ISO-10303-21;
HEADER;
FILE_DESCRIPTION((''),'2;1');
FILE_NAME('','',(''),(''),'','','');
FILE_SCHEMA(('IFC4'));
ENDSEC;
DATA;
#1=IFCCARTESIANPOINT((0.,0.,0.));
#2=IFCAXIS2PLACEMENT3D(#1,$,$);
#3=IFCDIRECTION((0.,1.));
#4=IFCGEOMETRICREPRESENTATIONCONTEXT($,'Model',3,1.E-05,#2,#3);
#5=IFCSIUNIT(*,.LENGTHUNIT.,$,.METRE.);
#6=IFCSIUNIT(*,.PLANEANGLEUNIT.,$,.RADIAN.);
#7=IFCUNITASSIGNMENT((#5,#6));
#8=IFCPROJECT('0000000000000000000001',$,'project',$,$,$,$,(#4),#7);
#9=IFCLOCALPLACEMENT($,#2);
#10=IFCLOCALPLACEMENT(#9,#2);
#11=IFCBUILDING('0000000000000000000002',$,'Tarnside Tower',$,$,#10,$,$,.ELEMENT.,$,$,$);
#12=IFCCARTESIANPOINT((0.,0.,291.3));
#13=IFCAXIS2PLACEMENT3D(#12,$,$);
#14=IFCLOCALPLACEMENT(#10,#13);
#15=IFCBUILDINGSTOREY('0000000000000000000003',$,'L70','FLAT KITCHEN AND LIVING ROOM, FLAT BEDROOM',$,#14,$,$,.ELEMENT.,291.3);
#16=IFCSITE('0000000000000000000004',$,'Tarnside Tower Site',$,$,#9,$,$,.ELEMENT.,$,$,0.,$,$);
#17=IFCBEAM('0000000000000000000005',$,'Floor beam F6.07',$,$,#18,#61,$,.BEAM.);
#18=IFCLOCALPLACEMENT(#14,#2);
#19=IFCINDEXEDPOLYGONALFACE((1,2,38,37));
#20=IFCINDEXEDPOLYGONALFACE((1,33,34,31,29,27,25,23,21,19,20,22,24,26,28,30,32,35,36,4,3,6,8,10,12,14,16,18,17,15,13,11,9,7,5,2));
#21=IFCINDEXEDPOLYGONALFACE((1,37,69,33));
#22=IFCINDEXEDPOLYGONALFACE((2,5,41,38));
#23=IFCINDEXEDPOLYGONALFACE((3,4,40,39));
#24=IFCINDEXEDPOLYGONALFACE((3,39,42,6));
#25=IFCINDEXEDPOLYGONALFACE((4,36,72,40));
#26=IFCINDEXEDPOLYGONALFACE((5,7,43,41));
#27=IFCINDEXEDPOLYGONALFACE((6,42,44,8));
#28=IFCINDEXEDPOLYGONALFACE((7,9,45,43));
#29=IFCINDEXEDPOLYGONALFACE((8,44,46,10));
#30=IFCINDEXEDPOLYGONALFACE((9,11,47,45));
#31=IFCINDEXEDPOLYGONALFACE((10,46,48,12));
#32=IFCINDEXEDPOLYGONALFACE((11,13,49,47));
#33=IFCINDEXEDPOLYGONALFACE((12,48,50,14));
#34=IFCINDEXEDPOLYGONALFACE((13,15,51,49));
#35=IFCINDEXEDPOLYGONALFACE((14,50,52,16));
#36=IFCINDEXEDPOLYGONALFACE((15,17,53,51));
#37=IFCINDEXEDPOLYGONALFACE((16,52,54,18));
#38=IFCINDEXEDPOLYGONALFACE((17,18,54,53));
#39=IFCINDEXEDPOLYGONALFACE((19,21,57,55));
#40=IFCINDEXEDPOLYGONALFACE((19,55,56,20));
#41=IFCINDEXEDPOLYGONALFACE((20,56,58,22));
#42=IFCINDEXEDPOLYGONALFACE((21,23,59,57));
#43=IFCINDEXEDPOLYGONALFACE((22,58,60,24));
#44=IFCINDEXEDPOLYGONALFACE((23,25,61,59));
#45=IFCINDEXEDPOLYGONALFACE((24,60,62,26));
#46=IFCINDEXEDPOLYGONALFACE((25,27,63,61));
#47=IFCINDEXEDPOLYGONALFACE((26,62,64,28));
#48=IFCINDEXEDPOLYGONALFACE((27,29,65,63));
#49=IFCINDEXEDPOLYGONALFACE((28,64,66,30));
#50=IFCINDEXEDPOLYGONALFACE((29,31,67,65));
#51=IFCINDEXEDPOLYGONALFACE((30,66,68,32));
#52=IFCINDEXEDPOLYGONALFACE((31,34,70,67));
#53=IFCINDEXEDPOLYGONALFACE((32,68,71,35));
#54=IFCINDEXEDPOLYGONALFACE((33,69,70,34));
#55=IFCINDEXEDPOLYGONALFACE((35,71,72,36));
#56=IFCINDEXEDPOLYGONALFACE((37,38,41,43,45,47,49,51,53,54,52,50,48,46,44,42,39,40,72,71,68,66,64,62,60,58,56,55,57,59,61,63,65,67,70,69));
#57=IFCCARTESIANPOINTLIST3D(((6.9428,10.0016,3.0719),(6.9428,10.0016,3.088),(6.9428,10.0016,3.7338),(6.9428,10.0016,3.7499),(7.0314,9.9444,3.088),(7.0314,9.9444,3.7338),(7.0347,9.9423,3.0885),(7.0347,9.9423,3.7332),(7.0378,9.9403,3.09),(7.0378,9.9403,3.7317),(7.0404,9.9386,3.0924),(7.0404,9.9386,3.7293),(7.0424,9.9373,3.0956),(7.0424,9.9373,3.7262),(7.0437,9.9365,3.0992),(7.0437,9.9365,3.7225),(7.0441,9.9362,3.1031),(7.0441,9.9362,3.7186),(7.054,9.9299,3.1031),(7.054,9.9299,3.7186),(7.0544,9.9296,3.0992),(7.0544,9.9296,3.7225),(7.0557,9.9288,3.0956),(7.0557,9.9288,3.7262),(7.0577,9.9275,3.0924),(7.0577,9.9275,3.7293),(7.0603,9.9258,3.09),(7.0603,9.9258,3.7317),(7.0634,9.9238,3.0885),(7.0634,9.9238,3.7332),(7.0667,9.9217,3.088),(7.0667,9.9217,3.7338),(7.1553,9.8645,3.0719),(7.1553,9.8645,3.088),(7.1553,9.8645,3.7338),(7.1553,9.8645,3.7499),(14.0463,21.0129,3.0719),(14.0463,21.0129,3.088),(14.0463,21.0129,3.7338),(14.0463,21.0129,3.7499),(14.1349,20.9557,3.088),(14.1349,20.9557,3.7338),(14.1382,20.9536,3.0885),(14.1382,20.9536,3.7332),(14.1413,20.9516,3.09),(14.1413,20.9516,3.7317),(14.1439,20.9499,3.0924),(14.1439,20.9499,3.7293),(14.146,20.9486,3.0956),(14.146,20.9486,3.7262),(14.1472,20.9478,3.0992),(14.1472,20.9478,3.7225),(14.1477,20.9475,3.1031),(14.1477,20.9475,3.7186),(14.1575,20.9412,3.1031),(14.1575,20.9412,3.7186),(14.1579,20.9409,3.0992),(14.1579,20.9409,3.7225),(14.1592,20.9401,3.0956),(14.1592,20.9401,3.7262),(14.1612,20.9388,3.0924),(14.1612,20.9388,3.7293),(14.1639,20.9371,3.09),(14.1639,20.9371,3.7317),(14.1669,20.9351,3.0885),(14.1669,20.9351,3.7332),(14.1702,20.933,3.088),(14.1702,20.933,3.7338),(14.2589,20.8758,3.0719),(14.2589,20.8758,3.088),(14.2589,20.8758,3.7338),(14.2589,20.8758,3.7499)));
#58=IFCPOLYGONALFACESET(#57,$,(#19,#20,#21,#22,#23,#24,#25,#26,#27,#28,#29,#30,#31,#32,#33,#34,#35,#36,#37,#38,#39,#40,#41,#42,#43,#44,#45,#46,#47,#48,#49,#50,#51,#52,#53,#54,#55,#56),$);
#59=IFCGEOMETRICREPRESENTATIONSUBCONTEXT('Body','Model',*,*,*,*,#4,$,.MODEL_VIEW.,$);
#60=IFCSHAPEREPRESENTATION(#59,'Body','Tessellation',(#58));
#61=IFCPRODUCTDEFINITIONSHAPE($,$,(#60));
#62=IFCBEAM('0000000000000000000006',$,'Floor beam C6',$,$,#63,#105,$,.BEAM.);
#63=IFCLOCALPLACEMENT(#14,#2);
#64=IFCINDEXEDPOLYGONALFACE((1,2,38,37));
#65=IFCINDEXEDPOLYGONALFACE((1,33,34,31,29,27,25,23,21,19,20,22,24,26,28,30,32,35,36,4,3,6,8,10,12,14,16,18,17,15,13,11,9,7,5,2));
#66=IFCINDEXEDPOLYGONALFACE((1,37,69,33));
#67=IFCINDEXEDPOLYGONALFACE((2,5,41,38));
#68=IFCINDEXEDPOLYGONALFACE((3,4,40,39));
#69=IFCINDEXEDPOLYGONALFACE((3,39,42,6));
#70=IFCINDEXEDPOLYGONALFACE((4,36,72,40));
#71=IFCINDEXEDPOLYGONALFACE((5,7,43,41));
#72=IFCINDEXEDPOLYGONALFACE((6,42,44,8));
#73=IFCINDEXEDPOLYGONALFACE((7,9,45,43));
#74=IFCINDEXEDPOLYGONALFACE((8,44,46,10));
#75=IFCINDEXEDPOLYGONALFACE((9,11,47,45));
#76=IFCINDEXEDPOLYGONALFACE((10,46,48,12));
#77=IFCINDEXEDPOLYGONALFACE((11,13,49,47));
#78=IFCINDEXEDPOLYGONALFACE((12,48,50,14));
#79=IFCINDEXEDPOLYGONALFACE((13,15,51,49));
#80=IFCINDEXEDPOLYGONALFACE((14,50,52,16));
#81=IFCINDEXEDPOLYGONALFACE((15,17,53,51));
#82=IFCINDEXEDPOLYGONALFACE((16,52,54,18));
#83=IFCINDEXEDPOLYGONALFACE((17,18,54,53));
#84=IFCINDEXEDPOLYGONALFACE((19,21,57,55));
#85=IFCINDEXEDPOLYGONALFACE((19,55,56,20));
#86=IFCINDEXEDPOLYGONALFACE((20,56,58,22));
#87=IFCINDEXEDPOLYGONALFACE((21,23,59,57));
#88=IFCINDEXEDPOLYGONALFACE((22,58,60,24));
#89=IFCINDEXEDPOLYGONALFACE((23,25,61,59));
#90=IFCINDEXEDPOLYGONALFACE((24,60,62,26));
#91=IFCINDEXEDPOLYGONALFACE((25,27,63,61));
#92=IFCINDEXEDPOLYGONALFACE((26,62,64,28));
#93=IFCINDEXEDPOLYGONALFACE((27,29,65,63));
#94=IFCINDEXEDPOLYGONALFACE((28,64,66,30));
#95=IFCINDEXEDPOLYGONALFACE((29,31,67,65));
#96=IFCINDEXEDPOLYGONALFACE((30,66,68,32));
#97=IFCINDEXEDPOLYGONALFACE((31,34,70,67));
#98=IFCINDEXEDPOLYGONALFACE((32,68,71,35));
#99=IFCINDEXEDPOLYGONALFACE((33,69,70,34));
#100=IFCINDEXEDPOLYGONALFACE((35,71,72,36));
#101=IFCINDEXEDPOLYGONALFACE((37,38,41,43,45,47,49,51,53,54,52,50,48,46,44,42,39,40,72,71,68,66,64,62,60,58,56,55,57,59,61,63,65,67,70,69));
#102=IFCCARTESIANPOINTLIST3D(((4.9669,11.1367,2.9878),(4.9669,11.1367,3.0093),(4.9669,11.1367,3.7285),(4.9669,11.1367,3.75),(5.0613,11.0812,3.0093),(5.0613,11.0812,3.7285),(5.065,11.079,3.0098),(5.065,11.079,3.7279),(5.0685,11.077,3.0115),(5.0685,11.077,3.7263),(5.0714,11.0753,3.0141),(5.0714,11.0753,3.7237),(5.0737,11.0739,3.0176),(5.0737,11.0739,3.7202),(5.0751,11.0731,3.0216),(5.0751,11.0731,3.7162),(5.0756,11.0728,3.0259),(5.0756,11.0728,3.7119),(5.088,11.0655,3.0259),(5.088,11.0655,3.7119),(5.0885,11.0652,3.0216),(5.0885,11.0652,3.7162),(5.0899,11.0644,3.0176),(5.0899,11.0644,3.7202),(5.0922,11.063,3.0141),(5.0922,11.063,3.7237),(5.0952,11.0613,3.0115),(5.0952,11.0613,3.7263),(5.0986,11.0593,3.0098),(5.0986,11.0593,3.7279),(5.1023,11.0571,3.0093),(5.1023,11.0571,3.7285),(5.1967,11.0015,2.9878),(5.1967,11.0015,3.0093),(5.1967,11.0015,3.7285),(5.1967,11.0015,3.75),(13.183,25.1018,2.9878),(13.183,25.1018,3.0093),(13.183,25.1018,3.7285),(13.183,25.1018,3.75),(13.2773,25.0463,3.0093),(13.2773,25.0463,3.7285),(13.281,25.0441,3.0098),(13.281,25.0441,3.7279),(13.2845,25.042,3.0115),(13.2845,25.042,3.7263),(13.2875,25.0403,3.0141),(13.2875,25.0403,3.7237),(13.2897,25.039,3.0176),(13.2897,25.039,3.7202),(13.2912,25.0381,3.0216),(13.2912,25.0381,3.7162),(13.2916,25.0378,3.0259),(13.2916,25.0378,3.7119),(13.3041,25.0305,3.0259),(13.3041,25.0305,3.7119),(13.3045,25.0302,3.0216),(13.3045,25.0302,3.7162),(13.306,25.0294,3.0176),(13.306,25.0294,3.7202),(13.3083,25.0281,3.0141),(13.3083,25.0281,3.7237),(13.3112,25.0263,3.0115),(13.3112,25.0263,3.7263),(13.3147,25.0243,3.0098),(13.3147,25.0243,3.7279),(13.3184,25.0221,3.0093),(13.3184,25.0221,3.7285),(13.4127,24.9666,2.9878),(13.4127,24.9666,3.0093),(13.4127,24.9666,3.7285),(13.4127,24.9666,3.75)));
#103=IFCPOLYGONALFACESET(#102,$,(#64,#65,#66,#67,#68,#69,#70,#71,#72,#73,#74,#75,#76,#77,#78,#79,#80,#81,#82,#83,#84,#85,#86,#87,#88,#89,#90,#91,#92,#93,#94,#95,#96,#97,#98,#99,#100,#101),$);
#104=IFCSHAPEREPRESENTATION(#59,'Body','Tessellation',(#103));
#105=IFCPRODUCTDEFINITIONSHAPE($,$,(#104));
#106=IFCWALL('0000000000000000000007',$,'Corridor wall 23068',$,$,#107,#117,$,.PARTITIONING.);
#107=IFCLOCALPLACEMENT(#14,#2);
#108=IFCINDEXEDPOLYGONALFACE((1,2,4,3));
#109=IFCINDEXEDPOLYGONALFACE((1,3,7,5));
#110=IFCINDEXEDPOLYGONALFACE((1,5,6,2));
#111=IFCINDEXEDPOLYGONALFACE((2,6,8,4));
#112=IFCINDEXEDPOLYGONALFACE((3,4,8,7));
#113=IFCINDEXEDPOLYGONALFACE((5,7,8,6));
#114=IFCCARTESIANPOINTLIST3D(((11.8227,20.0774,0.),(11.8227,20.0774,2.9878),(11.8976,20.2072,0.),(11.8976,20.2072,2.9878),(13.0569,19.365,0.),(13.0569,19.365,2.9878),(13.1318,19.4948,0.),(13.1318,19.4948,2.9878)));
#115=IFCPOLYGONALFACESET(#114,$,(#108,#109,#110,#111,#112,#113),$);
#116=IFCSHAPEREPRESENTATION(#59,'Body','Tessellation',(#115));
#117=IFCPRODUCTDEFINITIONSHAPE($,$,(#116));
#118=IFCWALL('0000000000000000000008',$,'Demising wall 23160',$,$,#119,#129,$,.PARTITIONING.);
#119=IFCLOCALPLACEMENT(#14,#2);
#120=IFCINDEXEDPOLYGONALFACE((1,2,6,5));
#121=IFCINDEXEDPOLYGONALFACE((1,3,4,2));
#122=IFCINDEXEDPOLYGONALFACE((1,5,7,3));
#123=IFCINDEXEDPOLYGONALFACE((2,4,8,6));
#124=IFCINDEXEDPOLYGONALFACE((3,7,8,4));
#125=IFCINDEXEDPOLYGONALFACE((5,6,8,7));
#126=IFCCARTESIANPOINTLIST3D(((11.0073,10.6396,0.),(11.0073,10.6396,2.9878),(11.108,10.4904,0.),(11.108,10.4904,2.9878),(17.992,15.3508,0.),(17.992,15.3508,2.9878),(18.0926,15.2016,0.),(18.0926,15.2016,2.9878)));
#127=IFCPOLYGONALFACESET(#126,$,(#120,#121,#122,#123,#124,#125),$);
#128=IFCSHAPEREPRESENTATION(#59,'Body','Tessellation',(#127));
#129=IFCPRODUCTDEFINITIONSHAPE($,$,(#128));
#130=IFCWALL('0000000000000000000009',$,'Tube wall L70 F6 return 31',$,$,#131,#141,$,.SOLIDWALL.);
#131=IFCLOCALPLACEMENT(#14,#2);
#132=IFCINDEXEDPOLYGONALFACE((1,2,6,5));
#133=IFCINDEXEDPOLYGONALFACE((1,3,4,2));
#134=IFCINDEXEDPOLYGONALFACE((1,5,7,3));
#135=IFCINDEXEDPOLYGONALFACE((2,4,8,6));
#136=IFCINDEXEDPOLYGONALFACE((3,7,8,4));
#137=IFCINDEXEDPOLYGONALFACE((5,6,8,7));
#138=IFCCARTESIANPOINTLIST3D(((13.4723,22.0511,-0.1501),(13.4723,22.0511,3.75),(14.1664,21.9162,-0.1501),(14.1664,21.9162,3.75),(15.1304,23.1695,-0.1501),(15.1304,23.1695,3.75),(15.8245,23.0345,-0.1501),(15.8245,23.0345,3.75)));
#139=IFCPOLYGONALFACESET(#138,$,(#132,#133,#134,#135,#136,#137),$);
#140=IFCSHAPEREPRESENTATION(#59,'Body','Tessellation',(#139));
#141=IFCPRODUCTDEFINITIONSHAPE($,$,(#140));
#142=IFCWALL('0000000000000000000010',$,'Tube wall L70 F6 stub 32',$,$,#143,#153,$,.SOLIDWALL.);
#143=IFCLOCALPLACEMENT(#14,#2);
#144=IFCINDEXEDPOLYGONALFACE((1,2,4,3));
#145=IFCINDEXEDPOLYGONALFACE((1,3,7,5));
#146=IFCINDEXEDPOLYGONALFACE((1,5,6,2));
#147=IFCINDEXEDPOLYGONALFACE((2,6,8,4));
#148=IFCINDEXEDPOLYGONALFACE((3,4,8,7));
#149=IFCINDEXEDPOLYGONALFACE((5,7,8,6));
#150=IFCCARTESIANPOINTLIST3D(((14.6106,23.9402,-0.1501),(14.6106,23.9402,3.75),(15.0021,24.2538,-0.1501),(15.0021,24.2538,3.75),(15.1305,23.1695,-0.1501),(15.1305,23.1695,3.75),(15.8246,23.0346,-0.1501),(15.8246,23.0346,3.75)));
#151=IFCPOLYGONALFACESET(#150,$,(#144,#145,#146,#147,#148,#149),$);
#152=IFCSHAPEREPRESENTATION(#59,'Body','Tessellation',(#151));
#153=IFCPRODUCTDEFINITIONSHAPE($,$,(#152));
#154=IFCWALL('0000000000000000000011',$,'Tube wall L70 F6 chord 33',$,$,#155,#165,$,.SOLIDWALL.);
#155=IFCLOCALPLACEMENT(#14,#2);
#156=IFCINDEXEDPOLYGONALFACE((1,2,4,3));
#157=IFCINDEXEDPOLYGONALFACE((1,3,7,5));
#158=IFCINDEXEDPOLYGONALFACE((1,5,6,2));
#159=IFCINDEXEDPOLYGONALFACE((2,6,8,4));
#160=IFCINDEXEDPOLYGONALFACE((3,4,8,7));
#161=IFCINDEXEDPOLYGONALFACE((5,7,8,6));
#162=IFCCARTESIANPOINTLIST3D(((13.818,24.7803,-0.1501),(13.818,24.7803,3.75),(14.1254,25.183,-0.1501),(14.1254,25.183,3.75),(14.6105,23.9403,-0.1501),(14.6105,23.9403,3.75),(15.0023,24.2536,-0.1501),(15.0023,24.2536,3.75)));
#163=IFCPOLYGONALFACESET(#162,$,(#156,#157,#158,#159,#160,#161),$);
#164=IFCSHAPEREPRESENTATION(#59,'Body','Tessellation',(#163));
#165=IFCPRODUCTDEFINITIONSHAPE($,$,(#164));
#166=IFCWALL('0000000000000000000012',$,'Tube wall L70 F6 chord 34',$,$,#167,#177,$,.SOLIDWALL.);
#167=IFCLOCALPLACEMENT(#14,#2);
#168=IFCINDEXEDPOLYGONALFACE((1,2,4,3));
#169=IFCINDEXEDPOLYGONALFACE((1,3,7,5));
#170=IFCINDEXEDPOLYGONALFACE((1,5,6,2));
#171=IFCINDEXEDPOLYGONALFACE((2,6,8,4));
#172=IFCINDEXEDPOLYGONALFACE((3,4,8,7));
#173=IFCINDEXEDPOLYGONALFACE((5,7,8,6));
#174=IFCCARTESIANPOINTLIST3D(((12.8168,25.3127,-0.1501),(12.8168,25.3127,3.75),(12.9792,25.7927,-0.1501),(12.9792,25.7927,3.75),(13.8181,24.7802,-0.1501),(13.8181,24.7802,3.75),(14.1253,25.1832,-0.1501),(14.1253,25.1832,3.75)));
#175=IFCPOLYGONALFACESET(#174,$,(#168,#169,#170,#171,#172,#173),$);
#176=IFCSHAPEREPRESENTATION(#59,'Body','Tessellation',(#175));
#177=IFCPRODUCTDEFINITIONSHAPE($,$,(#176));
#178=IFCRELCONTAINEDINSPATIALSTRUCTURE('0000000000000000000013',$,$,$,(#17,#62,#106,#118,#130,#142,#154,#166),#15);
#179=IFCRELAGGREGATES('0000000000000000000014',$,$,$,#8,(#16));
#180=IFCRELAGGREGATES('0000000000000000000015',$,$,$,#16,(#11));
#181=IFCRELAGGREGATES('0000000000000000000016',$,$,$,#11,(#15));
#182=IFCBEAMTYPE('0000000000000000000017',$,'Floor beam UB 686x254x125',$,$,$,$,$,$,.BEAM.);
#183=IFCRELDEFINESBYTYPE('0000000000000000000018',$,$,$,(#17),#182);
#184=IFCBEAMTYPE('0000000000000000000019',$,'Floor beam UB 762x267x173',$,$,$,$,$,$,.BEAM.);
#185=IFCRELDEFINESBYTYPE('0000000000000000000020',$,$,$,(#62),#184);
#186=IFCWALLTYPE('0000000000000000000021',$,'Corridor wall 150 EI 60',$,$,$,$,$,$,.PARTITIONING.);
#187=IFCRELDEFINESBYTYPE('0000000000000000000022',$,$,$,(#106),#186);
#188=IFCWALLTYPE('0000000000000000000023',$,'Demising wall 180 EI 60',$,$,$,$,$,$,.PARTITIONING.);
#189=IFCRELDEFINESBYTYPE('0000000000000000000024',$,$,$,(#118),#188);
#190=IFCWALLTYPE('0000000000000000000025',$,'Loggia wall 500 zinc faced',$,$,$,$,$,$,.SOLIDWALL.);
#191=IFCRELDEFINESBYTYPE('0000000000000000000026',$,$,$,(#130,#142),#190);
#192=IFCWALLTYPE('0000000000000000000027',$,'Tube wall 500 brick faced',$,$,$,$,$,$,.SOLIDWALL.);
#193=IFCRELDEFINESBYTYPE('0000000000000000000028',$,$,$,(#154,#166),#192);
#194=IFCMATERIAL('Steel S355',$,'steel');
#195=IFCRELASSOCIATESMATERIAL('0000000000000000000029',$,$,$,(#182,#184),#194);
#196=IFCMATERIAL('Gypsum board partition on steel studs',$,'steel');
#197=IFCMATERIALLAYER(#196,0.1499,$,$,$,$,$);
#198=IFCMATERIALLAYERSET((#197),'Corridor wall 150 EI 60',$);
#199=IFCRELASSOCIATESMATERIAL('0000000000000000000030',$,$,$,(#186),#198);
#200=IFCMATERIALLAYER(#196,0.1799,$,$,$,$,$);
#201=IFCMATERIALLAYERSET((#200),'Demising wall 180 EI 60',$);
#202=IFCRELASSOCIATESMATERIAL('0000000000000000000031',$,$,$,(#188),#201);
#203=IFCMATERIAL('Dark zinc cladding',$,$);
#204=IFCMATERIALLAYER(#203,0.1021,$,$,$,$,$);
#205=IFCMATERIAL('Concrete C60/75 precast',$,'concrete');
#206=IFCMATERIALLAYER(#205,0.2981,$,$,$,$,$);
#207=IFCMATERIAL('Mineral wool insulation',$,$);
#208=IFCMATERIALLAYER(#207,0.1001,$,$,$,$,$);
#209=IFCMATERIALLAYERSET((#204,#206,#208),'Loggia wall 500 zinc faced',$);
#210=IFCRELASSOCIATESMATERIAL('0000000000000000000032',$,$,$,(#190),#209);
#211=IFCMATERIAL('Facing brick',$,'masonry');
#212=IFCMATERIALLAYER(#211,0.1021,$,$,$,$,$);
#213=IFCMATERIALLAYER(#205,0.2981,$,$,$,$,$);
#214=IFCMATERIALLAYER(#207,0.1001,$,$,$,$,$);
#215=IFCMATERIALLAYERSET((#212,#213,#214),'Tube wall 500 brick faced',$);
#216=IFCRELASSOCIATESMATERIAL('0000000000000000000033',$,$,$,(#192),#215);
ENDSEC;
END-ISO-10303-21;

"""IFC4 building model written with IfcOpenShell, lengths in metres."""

from ifc_helpers import new_model, si_unit, direction, frame, frame_2d, origin, origin_2d, place, context, subcontext, project, spatial, polyline, rectangle, i_section, outline, extrude, material, layer, layer_set, material_profile, profile_set, type_object, element, save


model = new_model("IFC4")

# Units and contexts
model_context = context("Model", 3, precision=1e-05, world=origin(), true_north=direction((0.0, 1.0)))
body_context = subcontext(model_context, "Body", "Model", "MODEL_VIEW")
ifc_project = project(units=[si_unit("LENGTHUNIT", "METRE"), si_unit("PLANEANGLEUNIT", "RADIAN")], contexts=[model_context])

# Site, building, storey
site_placement = place(None, origin())
site = spatial("IfcSite", under=ifc_project, at=site_placement, Name="Tarnside Tower Site", CompositionType="ELEMENT", RefElevation=0.0)
building_placement = place(site_placement, origin())
building = spatial("IfcBuilding", under=site, at=building_placement, Name="Tarnside Tower", CompositionType="ELEMENT")
storey_placement = place(building_placement, frame((0.0, 0.0, 291.3)))
storey = spatial("IfcBuildingStorey", under=building, at=storey_placement, Name="L70", Description="FLAT KITCHEN AND LIVING ROOM, FLAT BEDROOM", CompositionType="ELEMENT", Elevation=291.3)

# Beams
ifc_material_1 = material(Name="Steel S355", Category="steel")
ifc_material_profile_1 = material_profile(ifc_material_1, i_section(OverallWidth=0.2529, OverallDepth=0.678, WebThickness=0.0117, FlangeThickness=0.0161, FilletRadius=0.0151, at=origin_2d()), Name="UB 686x254x125")
ifc_profile_set_1 = profile_set([ifc_material_profile_1], Name="Steel S355")
beam_type_1 = type_object("IfcBeamType", Name="Floor beam UB 686x254x125", PredefinedType="BEAM", material=ifc_profile_set_1)
beam_1_placement = place(storey_placement, frame((14.1526, 20.9443, 3.4109), z_axis=(-0.5421, -0.840314, 0.0), x_axis=(0.840314, -0.5421, 0.0)))
element("IfcBeam", 1, at=beam_1_placement, inside=storey, type_object=beam_type_1, Name="Floor beam F6.07", PredefinedType="BEAM", context=body_context, shape_type="SweptSolid", body=[
    extrude(i_section(OverallWidth=0.2529, OverallDepth=0.678, WebThickness=0.0117, FlangeThickness=0.0161, FilletRadius=0.0151, at=origin_2d()), origin(), (0.0, 0.0, 1.0), 13.1038),
])
ifc_material_profile_2 = material_profile(ifc_material_1, i_section(OverallWidth=0.2666, OverallDepth=0.7622, WebThickness=0.0144, FlangeThickness=0.0215, FilletRadius=0.0166, at=origin_2d()), Name="UB 762x267x173")
ifc_profile_set_2 = profile_set([ifc_material_profile_2], Name="Steel S355")
beam_type_2 = type_object("IfcBeamType", Name="Floor beam UB 762x267x173", PredefinedType="BEAM", material=ifc_profile_set_2)
beam_2_placement = place(storey_placement, frame((13.2979, 25.0342, 3.3689), z_axis=(-0.50708, -0.861899, 0.0), x_axis=(0.861899, -0.50708, 0.0)))
element("IfcBeam", 2, at=beam_2_placement, inside=storey, type_object=beam_type_2, Name="Floor beam C6", PredefinedType="BEAM", context=body_context, shape_type="SweptSolid", body=[
    extrude(i_section(OverallWidth=0.2666, OverallDepth=0.7622, WebThickness=0.0144, FlangeThickness=0.0215, FilletRadius=0.0166, at=origin_2d()), origin(), (0.0, 0.0, 1.0), 16.2026),
])

# Walls
ifc_material_2 = material(Name="Gypsum board partition on steel studs", Category="steel")
ifc_layer_1 = layer(ifc_material_2, 0.1499)
ifc_layer_set_1 = layer_set([ifc_layer_1], Name="Corridor wall 150 EI 60")
wall_type_1 = type_object("IfcWallType", Name="Corridor wall 150 EI 60", PredefinedType="PARTITIONING", material=ifc_layer_set_1)
wall_1_placement = place(storey_placement, frame((13.0942, 19.4299, 0.0), z_axis=(0.0, 0.0, 1.0), x_axis=(-0.866063, 0.499935, 0.0)))
element("IfcWall", 3, at=wall_1_placement, inside=storey, type_object=wall_type_1, Name="Corridor wall 23068", PredefinedType="PARTITIONING", context=body_context, shape_type="SweptSolid", body=[
    extrude(rectangle(XDim=1.425, YDim=0.1499, at=frame_2d((0.7124, 0.0))), origin(), (0.0, 0.0, 1.0), 2.9878),
])
ifc_layer_2 = layer(ifc_material_2, 0.1799)
ifc_layer_set_2 = layer_set([ifc_layer_2], Name="Demising wall 180 EI 60")
wall_type_2 = type_object("IfcWallType", Name="Demising wall 180 EI 60", PredefinedType="PARTITIONING", material=ifc_layer_set_2)
wall_2_placement = place(storey_placement, frame((18.0422, 15.2761, 0.0), z_axis=(0.0, 0.0, 1.0), x_axis=(-0.829038, -0.559193, 0.0)))
element("IfcWall", 4, at=wall_2_placement, inside=storey, type_object=wall_type_2, Name="Demising wall 23160", PredefinedType="PARTITIONING", context=body_context, shape_type="SweptSolid", body=[
    extrude(rectangle(XDim=8.425, YDim=0.1799, at=frame_2d((4.2124, 0.0))), origin(), (0.0, 0.0, 1.0), 2.9878),
])
ifc_material_3 = material(Name="Dark zinc cladding")
ifc_layer_3 = layer(ifc_material_3, 0.1021)
ifc_material_4 = material(Name="Concrete C60/75 precast", Category="concrete")
ifc_layer_4 = layer(ifc_material_4, 0.2981)
ifc_material_5 = material(Name="Mineral wool insulation")
ifc_layer_5 = layer(ifc_material_5, 0.1001)
ifc_layer_set_3 = layer_set([ifc_layer_3, ifc_layer_4, ifc_layer_5], Name="Loggia wall 500 zinc faced")
wall_type_3 = type_object("IfcWallType", Name="Loggia wall 500 zinc faced", PredefinedType="SOLIDWALL", material=ifc_layer_set_3)
wall_3_placement = place(storey_placement, frame((13.8193, 21.9836, -0.1501), z_axis=(0.0, 0.0, 1.0), x_axis=(0.829052, 0.559171, 0.0)))
element("IfcWall", 5, at=wall_3_placement, inside=storey, type_object=wall_type_3, Name="Tube wall L70 F6 return 31", PredefinedType="SOLIDWALL", context=body_context, shape_type="SweptSolid", body=[
    extrude(outline(polyline([(0.25, -0.25), (2.25, -0.25), (1.75, 0.25), (-0.25, 0.25), (0.25, -0.25)])), origin(), (0.0, 0.0, 1.0), 3.9001),
])
wall_4_placement = place(storey_placement, frame((15.4775, 23.1021, -0.1501), z_axis=(0.0, 0.0, 1.0), x_axis=(-0.559246, 0.829002, 0.0)))
element("IfcWall", 6, at=wall_4_placement, inside=storey, type_object=wall_type_3, Name="Tube wall L70 F6 stub 32", PredefinedType="SOLIDWALL", context=body_context, shape_type="SweptSolid", body=[
    extrude(outline(polyline([(-0.25, -0.25), (1.2207, -0.25), (1.1797, 0.25), (0.25, 0.25), (-0.25, -0.25)])), origin(), (0.0, 0.0, 1.0), 3.9001),
])
ifc_material_6 = material(Name="Facing brick", Category="masonry")
ifc_layer_6 = layer(ifc_material_6, 0.1021)
ifc_layer_7 = layer(ifc_material_4, 0.2981)
ifc_layer_8 = layer(ifc_material_5, 0.1001)
ifc_layer_set_4 = layer_set([ifc_layer_6, ifc_layer_7, ifc_layer_8], Name="Tube wall 500 brick faced")
wall_type_4 = type_object("IfcWallType", Name="Tube wall 500 brick faced", PredefinedType="SOLIDWALL", material=ifc_layer_set_4)
wall_5_placement = place(storey_placement, frame((14.8064, 24.0969, -0.1501), z_axis=(0.0, 0.0, 1.0), x_axis=(-0.686234, 0.72738, 0.0)))
element("IfcWall", 7, at=wall_5_placement, inside=storey, type_object=wall_type_4, Name="Tube wall L70 F6 chord 33", PredefinedType="SOLIDWALL", context=body_context, shape_type="SweptSolid", body=[
    extrude(outline(polyline([(-0.0205, -0.25), (1.2573, -0.25), (1.1753, 0.25), (0.0205, 0.25), (-0.0205, -0.25)])), origin(), (0.0, 0.0, 1.0), 3.9001),
])
wall_6_placement = place(storey_placement, frame((13.9717, 24.9817, -0.1501), z_axis=(0.0, 0.0, 1.0), x_axis=(-0.882902, 0.469556, 0.0)))
element("IfcWall", 8, at=wall_6_placement, inside=storey, type_object=wall_type_4, Name="Tube wall L70 F6 chord 34", PredefinedType="SOLIDWALL", context=body_context, shape_type="SweptSolid", body=[
    extrude(outline(polyline([(-0.041, -0.25), (1.2571, -0.25), (1.175, 0.25), (0.041, 0.25), (-0.041, -0.25)])), origin(), (0.0, 0.0, 1.0), 3.9001),
])

save(model, "model.ifc")
